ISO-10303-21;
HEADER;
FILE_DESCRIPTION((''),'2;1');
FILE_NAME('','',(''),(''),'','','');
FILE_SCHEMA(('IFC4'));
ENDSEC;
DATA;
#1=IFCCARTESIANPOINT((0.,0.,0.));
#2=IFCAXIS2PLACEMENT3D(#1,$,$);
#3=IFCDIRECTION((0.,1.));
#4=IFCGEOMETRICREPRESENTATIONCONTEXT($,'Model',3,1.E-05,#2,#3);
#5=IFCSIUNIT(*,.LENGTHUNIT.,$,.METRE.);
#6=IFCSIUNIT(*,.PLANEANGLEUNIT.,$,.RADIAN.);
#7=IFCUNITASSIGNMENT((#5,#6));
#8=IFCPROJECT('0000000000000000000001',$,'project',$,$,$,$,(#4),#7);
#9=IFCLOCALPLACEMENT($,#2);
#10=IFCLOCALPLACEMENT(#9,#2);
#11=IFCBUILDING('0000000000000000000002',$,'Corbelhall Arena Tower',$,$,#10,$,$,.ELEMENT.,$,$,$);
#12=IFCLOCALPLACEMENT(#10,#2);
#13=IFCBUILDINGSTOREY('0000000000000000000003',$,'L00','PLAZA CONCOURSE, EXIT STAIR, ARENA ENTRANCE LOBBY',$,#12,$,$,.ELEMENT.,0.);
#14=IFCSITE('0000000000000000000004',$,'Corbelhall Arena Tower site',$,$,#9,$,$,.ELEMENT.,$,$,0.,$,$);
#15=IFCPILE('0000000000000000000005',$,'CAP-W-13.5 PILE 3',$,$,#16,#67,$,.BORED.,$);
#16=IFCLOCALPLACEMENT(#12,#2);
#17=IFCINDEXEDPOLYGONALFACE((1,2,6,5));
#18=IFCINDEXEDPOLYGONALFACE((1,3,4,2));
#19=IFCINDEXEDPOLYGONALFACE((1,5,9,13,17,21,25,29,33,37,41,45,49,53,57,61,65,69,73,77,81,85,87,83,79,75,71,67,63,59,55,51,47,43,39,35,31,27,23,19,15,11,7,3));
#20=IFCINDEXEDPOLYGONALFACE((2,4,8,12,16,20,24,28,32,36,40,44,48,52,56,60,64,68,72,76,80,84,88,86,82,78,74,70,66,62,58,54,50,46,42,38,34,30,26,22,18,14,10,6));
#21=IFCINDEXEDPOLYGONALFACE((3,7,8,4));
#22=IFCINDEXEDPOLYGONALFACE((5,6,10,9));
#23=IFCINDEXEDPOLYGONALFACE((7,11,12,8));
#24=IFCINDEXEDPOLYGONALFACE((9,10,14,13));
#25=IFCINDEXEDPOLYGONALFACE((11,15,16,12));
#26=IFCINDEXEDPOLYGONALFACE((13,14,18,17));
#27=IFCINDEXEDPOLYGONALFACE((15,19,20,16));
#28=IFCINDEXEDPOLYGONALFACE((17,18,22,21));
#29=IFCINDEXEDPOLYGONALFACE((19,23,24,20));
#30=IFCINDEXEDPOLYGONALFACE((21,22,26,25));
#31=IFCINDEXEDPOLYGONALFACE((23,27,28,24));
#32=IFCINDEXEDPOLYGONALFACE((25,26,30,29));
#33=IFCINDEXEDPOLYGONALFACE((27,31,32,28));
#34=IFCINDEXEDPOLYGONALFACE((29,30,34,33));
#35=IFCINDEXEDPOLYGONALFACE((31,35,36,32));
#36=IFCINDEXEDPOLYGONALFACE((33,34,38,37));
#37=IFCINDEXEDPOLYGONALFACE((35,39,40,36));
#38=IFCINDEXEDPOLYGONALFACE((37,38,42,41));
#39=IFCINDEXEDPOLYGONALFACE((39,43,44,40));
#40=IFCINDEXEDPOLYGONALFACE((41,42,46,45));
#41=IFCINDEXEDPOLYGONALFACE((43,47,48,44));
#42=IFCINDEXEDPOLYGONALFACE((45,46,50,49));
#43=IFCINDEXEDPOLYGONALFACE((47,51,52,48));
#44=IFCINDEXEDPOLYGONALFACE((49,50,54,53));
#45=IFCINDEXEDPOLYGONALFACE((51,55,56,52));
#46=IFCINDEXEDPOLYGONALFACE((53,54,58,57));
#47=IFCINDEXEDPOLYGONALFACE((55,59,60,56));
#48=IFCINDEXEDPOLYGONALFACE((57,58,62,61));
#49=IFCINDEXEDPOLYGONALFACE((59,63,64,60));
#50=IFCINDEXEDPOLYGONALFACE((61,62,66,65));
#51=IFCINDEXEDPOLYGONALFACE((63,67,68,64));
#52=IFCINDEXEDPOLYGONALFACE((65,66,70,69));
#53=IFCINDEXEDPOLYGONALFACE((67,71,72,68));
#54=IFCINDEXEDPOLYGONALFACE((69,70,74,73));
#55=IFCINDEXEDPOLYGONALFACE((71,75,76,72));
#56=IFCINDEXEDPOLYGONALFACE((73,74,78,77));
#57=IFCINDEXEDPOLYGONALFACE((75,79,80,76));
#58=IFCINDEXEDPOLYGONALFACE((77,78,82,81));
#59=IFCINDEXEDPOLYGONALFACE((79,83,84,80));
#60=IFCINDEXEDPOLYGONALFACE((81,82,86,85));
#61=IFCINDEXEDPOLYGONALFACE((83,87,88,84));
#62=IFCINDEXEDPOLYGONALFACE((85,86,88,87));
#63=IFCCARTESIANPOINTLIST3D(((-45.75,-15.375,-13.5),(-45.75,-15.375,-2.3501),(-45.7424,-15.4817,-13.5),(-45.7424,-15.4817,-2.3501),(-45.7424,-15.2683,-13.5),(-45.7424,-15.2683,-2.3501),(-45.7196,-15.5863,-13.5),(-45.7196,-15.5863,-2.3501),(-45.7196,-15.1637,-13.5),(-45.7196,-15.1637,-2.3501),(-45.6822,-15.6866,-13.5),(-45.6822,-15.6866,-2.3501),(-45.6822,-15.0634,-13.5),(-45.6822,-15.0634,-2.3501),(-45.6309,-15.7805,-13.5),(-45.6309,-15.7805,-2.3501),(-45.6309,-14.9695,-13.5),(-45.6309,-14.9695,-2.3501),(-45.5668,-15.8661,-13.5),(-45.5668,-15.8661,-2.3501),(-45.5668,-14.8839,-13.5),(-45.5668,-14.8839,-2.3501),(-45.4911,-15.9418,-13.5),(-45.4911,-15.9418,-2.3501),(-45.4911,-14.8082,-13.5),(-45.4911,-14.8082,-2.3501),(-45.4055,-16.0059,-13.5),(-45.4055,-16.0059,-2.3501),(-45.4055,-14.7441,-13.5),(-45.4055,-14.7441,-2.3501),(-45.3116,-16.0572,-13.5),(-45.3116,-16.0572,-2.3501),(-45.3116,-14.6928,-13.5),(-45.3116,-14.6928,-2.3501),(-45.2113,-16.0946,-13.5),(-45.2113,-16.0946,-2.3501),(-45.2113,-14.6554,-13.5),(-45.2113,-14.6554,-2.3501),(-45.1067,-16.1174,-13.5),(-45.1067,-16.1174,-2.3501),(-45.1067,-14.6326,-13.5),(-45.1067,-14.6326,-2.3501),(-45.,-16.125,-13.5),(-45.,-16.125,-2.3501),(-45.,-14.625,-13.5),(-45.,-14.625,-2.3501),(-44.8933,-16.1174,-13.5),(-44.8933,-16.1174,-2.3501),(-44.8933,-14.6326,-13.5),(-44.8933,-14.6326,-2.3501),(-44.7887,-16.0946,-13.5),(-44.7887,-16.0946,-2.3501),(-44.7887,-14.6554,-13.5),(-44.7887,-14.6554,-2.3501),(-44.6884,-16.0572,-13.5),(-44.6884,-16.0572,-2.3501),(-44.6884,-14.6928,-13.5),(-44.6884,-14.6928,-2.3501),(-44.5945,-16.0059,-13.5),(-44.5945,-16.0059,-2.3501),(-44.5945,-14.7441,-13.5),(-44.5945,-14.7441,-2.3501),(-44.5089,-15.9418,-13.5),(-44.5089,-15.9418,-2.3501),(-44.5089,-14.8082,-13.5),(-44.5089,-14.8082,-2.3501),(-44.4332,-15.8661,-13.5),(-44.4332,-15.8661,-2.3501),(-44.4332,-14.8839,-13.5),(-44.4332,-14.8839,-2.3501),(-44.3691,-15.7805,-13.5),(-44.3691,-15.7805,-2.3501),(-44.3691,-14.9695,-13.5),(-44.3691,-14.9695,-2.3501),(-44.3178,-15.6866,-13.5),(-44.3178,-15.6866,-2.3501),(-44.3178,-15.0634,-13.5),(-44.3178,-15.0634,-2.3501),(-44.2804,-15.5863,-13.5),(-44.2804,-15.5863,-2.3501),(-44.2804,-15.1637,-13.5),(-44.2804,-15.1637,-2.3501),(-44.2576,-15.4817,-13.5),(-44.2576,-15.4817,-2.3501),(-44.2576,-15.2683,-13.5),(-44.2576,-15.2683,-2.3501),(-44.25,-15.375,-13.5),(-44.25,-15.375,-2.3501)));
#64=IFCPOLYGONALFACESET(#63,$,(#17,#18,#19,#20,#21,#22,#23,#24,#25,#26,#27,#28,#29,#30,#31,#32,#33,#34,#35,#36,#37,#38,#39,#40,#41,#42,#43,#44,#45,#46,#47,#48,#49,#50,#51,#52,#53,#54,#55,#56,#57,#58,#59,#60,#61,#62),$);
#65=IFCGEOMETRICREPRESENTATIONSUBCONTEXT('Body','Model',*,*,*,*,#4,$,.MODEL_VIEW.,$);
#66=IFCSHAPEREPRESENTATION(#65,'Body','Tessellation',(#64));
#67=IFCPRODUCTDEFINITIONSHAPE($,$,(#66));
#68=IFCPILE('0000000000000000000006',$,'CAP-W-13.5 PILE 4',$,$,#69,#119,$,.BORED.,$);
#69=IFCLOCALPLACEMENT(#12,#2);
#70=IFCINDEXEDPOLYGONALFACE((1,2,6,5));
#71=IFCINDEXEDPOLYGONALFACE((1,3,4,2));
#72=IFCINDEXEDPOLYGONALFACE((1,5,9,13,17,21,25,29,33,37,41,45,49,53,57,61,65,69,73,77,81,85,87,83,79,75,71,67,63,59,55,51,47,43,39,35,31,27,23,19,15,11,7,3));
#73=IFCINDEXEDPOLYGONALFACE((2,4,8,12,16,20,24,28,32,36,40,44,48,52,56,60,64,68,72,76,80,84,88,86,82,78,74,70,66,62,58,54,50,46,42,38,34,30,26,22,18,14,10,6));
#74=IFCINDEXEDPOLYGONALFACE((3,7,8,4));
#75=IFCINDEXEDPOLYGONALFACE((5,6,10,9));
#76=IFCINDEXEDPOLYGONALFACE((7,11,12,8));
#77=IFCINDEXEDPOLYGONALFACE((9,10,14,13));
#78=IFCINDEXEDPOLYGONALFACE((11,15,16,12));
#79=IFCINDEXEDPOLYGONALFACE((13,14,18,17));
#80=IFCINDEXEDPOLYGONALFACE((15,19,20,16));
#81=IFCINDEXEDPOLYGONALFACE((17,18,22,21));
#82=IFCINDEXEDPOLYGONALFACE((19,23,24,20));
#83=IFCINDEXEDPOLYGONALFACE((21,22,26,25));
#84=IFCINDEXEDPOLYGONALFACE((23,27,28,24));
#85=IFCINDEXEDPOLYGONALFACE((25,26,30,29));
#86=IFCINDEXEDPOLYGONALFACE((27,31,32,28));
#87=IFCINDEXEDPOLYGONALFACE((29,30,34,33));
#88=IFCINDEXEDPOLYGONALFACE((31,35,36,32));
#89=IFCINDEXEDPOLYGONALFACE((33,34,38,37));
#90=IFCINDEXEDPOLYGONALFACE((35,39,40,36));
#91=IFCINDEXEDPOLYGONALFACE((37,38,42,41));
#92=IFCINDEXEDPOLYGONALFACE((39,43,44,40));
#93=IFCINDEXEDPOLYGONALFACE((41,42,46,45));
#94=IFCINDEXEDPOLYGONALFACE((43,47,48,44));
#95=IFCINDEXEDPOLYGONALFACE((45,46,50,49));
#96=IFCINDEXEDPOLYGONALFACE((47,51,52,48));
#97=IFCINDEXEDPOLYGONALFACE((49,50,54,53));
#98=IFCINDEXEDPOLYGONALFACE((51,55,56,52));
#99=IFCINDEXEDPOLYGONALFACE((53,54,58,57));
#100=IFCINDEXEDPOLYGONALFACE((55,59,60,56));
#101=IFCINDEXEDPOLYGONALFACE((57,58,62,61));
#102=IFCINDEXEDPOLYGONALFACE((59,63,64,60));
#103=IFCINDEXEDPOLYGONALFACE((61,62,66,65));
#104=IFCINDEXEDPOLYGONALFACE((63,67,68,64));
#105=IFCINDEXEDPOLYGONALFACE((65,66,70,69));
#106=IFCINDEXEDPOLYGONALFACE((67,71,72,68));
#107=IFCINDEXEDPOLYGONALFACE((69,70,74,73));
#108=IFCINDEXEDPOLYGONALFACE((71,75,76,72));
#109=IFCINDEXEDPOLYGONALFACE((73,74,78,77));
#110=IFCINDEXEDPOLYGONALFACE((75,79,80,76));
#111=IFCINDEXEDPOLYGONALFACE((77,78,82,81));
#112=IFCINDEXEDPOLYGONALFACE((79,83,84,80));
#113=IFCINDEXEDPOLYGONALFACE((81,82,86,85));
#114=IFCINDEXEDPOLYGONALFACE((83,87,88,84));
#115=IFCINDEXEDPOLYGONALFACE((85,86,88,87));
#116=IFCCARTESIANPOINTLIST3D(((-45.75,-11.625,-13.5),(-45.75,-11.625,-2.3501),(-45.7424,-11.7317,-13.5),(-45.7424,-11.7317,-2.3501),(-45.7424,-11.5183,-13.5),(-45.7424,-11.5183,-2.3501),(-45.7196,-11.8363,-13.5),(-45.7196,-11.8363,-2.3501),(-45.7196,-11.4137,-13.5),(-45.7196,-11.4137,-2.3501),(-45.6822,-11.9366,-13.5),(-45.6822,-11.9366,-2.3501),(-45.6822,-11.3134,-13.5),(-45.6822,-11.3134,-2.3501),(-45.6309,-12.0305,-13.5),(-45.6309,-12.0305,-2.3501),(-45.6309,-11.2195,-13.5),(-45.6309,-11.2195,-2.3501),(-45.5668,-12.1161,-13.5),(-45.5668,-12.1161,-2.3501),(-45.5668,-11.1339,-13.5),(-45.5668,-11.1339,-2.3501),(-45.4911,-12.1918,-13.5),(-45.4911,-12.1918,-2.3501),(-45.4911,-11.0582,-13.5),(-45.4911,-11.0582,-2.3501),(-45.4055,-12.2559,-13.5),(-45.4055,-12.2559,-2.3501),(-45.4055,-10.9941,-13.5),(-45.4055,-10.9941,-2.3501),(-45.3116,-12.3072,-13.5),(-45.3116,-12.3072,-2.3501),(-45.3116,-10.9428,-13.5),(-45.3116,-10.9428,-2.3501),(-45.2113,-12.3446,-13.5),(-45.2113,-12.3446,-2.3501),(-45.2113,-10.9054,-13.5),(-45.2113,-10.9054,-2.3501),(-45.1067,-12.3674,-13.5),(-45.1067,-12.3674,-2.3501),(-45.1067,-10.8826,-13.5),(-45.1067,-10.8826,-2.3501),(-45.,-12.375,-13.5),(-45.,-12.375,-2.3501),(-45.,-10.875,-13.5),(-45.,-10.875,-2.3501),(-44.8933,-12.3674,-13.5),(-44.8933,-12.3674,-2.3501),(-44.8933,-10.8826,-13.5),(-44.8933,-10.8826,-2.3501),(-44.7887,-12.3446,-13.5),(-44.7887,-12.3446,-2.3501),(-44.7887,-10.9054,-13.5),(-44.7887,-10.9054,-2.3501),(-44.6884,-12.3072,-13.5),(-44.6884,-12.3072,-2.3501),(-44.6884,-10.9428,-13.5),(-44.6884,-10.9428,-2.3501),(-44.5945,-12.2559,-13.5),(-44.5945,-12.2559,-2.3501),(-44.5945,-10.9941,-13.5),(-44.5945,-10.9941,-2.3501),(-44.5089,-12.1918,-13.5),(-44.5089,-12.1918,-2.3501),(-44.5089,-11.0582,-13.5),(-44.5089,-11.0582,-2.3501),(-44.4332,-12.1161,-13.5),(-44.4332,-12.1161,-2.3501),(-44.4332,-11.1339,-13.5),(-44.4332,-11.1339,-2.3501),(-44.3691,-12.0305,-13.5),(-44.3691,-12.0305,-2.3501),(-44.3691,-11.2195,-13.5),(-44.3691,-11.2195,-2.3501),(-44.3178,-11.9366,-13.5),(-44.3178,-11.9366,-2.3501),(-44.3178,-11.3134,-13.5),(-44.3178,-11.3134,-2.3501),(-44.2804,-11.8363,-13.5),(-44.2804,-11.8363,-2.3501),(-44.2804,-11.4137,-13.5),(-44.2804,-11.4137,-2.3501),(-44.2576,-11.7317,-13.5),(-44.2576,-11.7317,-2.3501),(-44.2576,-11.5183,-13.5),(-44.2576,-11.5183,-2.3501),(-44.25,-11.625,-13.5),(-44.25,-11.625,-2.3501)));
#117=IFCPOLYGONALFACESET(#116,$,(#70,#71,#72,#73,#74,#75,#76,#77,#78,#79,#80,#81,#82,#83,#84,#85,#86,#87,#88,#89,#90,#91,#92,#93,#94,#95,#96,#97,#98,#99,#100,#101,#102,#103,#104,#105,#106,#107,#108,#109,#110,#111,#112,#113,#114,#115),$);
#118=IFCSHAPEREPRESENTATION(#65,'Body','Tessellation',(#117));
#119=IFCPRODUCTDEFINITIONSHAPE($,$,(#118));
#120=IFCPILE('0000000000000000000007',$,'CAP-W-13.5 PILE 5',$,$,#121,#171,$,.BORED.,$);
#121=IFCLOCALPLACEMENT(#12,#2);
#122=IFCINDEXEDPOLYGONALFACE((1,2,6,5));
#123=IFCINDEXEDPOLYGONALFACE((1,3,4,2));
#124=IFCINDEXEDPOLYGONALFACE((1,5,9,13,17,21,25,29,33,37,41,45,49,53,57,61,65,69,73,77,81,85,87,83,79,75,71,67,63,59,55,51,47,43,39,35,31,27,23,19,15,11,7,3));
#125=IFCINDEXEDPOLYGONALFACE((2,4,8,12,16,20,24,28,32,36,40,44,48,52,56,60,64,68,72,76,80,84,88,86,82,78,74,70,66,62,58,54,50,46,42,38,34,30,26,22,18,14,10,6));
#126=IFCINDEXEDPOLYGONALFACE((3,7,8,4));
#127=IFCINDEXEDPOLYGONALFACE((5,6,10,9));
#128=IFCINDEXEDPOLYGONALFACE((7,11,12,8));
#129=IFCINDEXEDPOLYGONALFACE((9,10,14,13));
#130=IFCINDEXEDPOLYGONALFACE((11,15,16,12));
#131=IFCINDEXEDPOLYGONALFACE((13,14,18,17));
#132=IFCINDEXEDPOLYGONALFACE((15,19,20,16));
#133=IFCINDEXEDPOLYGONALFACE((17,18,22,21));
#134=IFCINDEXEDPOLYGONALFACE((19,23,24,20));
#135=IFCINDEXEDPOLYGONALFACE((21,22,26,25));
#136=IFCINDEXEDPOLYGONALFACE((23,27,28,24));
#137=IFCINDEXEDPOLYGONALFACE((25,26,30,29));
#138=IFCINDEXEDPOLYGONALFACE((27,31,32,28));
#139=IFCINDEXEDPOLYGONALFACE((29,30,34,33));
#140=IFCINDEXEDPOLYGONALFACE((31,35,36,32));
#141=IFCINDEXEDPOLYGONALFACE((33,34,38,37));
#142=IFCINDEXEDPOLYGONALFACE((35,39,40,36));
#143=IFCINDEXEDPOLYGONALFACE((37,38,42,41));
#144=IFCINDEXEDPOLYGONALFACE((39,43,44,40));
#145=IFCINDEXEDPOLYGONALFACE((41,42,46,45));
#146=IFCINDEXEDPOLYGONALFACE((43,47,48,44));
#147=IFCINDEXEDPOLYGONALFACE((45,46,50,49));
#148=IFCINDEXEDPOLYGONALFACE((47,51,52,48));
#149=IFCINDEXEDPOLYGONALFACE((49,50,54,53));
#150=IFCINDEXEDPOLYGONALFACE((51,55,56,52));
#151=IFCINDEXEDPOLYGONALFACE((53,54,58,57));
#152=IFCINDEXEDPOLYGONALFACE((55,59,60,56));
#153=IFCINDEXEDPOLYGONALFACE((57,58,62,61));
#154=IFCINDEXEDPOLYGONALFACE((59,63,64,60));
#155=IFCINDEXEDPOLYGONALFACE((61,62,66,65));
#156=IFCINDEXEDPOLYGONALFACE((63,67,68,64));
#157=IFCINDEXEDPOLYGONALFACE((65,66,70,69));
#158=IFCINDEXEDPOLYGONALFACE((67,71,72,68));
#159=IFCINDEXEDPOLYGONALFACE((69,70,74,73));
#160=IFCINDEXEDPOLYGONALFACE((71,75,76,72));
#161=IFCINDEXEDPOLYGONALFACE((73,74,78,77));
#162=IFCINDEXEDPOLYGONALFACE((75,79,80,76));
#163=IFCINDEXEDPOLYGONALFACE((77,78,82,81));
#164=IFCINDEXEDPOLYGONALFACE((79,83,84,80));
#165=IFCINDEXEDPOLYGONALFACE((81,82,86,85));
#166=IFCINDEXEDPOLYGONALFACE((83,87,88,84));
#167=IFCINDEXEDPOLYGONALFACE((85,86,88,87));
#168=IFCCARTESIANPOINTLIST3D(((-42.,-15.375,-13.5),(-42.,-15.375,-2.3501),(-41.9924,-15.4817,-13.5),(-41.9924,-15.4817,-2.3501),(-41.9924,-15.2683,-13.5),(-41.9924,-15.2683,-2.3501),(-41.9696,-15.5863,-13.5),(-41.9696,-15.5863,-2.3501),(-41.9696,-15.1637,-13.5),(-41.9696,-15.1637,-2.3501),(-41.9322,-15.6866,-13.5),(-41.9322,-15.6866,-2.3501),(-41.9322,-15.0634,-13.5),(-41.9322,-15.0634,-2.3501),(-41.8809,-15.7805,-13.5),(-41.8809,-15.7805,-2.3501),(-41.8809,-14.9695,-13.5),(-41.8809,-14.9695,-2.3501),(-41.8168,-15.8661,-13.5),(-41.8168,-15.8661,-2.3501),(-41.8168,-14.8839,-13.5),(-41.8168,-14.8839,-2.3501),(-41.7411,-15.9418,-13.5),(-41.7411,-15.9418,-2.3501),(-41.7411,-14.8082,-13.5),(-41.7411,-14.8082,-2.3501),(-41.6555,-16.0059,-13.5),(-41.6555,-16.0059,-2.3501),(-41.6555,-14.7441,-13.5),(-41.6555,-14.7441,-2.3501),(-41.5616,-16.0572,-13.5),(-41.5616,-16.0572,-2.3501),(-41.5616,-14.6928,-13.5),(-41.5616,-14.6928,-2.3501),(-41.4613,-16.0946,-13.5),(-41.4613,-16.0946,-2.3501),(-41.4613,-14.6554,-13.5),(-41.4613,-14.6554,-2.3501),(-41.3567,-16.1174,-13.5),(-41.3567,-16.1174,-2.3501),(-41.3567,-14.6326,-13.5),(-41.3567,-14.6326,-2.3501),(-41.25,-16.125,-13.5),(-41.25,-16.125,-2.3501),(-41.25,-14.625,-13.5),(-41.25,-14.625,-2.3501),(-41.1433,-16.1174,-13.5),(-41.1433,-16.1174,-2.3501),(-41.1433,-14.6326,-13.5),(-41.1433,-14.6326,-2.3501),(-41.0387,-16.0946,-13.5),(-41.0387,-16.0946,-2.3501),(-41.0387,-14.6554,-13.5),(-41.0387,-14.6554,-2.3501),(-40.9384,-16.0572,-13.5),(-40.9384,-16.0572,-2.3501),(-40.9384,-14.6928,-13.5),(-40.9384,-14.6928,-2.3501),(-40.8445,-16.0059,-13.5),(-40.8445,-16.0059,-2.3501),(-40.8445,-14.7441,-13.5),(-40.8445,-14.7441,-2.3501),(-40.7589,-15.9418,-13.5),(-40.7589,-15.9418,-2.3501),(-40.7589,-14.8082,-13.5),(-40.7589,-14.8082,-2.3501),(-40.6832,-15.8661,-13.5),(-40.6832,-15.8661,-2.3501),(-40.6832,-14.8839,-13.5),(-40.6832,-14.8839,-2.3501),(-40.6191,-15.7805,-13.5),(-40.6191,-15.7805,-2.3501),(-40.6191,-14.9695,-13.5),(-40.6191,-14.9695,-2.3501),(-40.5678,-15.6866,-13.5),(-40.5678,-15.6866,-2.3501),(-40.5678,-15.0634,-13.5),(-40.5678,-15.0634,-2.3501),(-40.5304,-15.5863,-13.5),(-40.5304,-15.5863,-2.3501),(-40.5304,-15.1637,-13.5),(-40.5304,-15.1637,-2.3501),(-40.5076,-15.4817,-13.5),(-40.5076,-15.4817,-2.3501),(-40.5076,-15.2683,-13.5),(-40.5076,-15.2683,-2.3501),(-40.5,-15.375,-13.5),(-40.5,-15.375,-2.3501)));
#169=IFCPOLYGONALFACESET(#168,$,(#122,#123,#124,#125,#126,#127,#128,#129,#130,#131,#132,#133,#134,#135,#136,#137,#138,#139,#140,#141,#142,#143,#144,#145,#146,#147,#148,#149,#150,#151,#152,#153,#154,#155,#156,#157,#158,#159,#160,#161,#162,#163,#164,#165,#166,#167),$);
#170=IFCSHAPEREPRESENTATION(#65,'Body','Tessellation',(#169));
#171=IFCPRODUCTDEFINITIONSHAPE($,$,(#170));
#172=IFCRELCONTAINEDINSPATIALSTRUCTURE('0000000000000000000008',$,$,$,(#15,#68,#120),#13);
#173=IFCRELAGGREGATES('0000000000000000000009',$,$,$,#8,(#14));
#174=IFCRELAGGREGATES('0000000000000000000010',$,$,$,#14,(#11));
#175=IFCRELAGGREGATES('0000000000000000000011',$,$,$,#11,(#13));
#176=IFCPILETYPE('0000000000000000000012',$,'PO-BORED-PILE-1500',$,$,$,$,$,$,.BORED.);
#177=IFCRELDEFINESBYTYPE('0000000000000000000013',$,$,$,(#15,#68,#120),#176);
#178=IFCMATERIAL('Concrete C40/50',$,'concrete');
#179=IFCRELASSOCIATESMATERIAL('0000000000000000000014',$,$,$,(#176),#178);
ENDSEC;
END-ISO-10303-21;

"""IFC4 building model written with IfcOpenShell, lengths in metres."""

from ifc_helpers import new_model, si_unit, direction, frame, origin, origin_2d, place, context, subcontext, project, spatial, circle, extrude, material, material_profile, profile_set, type_object, element, save


model = new_model("IFC4")

# Units and contexts
model_context = context("Model", 3, precision=1e-05, world=origin(), true_north=direction((0.0, 1.0)))
body_context = subcontext(model_context, "Body", "Model", "MODEL_VIEW")
ifc_project = project(units=[si_unit("LENGTHUNIT", "METRE"), si_unit("PLANEANGLEUNIT", "RADIAN")], contexts=[model_context])

# Site, building, storey
site_placement = place(None, origin())
site = spatial("IfcSite", under=ifc_project, at=site_placement, Name="Corbelhall Arena Tower site", CompositionType="ELEMENT", RefElevation=0.0)
building_placement = place(site_placement, origin())
building = spatial("IfcBuilding", under=site, at=building_placement, Name="Corbelhall Arena Tower", CompositionType="ELEMENT")
storey_placement = place(building_placement, origin())
storey = spatial("IfcBuildingStorey", under=building, at=storey_placement, Name="L00", Description="PLAZA CONCOURSE, EXIT STAIR, ARENA ENTRANCE LOBBY", CompositionType="ELEMENT", Elevation=0.0)

# Piles
ifc_material_1 = material(Name="Concrete C40/50", Category="concrete")
ifc_material_profile_1 = material_profile(ifc_material_1, circle(Radius=0.75, at=origin_2d()))
ifc_profile_set_1 = profile_set([ifc_material_profile_1], Name="Concrete C40/50")
pile_type_1 = type_object("IfcPileType", Name="PO-BORED-PILE-1500", PredefinedType="BORED", material=ifc_profile_set_1)
for number, where, z_axis, x_axis, name in (
    (1, (-45.0, -15.375, -2.3501), (0.0, 0.0, -1.0), (1.0, 0.0, 0.0), "CAP-W-13.5 PILE 3"),
    (2, (-45.0, -11.625, -2.3501), (0.0, 0.0, -1.0), (1.0, 0.0, 0.0), "CAP-W-13.5 PILE 4"),
    (3, (-41.25, -15.375, -2.3501), (0.0, 0.0, -1.0), (1.0, 0.0, 0.0), "CAP-W-13.5 PILE 5"),
):
    element("IfcPile", number, at=place(storey_placement, frame(where, z_axis=z_axis, x_axis=x_axis)), inside=storey, type_object=pile_type_1, Name=name, PredefinedType="BORED", context=body_context, shape_type="SweptSolid", body=[
        extrude(circle(Radius=0.75, at=origin_2d()), origin(), (0.0, 0.0, 1.0), 11.1499),
    ])

save(model, "model.ifc")
